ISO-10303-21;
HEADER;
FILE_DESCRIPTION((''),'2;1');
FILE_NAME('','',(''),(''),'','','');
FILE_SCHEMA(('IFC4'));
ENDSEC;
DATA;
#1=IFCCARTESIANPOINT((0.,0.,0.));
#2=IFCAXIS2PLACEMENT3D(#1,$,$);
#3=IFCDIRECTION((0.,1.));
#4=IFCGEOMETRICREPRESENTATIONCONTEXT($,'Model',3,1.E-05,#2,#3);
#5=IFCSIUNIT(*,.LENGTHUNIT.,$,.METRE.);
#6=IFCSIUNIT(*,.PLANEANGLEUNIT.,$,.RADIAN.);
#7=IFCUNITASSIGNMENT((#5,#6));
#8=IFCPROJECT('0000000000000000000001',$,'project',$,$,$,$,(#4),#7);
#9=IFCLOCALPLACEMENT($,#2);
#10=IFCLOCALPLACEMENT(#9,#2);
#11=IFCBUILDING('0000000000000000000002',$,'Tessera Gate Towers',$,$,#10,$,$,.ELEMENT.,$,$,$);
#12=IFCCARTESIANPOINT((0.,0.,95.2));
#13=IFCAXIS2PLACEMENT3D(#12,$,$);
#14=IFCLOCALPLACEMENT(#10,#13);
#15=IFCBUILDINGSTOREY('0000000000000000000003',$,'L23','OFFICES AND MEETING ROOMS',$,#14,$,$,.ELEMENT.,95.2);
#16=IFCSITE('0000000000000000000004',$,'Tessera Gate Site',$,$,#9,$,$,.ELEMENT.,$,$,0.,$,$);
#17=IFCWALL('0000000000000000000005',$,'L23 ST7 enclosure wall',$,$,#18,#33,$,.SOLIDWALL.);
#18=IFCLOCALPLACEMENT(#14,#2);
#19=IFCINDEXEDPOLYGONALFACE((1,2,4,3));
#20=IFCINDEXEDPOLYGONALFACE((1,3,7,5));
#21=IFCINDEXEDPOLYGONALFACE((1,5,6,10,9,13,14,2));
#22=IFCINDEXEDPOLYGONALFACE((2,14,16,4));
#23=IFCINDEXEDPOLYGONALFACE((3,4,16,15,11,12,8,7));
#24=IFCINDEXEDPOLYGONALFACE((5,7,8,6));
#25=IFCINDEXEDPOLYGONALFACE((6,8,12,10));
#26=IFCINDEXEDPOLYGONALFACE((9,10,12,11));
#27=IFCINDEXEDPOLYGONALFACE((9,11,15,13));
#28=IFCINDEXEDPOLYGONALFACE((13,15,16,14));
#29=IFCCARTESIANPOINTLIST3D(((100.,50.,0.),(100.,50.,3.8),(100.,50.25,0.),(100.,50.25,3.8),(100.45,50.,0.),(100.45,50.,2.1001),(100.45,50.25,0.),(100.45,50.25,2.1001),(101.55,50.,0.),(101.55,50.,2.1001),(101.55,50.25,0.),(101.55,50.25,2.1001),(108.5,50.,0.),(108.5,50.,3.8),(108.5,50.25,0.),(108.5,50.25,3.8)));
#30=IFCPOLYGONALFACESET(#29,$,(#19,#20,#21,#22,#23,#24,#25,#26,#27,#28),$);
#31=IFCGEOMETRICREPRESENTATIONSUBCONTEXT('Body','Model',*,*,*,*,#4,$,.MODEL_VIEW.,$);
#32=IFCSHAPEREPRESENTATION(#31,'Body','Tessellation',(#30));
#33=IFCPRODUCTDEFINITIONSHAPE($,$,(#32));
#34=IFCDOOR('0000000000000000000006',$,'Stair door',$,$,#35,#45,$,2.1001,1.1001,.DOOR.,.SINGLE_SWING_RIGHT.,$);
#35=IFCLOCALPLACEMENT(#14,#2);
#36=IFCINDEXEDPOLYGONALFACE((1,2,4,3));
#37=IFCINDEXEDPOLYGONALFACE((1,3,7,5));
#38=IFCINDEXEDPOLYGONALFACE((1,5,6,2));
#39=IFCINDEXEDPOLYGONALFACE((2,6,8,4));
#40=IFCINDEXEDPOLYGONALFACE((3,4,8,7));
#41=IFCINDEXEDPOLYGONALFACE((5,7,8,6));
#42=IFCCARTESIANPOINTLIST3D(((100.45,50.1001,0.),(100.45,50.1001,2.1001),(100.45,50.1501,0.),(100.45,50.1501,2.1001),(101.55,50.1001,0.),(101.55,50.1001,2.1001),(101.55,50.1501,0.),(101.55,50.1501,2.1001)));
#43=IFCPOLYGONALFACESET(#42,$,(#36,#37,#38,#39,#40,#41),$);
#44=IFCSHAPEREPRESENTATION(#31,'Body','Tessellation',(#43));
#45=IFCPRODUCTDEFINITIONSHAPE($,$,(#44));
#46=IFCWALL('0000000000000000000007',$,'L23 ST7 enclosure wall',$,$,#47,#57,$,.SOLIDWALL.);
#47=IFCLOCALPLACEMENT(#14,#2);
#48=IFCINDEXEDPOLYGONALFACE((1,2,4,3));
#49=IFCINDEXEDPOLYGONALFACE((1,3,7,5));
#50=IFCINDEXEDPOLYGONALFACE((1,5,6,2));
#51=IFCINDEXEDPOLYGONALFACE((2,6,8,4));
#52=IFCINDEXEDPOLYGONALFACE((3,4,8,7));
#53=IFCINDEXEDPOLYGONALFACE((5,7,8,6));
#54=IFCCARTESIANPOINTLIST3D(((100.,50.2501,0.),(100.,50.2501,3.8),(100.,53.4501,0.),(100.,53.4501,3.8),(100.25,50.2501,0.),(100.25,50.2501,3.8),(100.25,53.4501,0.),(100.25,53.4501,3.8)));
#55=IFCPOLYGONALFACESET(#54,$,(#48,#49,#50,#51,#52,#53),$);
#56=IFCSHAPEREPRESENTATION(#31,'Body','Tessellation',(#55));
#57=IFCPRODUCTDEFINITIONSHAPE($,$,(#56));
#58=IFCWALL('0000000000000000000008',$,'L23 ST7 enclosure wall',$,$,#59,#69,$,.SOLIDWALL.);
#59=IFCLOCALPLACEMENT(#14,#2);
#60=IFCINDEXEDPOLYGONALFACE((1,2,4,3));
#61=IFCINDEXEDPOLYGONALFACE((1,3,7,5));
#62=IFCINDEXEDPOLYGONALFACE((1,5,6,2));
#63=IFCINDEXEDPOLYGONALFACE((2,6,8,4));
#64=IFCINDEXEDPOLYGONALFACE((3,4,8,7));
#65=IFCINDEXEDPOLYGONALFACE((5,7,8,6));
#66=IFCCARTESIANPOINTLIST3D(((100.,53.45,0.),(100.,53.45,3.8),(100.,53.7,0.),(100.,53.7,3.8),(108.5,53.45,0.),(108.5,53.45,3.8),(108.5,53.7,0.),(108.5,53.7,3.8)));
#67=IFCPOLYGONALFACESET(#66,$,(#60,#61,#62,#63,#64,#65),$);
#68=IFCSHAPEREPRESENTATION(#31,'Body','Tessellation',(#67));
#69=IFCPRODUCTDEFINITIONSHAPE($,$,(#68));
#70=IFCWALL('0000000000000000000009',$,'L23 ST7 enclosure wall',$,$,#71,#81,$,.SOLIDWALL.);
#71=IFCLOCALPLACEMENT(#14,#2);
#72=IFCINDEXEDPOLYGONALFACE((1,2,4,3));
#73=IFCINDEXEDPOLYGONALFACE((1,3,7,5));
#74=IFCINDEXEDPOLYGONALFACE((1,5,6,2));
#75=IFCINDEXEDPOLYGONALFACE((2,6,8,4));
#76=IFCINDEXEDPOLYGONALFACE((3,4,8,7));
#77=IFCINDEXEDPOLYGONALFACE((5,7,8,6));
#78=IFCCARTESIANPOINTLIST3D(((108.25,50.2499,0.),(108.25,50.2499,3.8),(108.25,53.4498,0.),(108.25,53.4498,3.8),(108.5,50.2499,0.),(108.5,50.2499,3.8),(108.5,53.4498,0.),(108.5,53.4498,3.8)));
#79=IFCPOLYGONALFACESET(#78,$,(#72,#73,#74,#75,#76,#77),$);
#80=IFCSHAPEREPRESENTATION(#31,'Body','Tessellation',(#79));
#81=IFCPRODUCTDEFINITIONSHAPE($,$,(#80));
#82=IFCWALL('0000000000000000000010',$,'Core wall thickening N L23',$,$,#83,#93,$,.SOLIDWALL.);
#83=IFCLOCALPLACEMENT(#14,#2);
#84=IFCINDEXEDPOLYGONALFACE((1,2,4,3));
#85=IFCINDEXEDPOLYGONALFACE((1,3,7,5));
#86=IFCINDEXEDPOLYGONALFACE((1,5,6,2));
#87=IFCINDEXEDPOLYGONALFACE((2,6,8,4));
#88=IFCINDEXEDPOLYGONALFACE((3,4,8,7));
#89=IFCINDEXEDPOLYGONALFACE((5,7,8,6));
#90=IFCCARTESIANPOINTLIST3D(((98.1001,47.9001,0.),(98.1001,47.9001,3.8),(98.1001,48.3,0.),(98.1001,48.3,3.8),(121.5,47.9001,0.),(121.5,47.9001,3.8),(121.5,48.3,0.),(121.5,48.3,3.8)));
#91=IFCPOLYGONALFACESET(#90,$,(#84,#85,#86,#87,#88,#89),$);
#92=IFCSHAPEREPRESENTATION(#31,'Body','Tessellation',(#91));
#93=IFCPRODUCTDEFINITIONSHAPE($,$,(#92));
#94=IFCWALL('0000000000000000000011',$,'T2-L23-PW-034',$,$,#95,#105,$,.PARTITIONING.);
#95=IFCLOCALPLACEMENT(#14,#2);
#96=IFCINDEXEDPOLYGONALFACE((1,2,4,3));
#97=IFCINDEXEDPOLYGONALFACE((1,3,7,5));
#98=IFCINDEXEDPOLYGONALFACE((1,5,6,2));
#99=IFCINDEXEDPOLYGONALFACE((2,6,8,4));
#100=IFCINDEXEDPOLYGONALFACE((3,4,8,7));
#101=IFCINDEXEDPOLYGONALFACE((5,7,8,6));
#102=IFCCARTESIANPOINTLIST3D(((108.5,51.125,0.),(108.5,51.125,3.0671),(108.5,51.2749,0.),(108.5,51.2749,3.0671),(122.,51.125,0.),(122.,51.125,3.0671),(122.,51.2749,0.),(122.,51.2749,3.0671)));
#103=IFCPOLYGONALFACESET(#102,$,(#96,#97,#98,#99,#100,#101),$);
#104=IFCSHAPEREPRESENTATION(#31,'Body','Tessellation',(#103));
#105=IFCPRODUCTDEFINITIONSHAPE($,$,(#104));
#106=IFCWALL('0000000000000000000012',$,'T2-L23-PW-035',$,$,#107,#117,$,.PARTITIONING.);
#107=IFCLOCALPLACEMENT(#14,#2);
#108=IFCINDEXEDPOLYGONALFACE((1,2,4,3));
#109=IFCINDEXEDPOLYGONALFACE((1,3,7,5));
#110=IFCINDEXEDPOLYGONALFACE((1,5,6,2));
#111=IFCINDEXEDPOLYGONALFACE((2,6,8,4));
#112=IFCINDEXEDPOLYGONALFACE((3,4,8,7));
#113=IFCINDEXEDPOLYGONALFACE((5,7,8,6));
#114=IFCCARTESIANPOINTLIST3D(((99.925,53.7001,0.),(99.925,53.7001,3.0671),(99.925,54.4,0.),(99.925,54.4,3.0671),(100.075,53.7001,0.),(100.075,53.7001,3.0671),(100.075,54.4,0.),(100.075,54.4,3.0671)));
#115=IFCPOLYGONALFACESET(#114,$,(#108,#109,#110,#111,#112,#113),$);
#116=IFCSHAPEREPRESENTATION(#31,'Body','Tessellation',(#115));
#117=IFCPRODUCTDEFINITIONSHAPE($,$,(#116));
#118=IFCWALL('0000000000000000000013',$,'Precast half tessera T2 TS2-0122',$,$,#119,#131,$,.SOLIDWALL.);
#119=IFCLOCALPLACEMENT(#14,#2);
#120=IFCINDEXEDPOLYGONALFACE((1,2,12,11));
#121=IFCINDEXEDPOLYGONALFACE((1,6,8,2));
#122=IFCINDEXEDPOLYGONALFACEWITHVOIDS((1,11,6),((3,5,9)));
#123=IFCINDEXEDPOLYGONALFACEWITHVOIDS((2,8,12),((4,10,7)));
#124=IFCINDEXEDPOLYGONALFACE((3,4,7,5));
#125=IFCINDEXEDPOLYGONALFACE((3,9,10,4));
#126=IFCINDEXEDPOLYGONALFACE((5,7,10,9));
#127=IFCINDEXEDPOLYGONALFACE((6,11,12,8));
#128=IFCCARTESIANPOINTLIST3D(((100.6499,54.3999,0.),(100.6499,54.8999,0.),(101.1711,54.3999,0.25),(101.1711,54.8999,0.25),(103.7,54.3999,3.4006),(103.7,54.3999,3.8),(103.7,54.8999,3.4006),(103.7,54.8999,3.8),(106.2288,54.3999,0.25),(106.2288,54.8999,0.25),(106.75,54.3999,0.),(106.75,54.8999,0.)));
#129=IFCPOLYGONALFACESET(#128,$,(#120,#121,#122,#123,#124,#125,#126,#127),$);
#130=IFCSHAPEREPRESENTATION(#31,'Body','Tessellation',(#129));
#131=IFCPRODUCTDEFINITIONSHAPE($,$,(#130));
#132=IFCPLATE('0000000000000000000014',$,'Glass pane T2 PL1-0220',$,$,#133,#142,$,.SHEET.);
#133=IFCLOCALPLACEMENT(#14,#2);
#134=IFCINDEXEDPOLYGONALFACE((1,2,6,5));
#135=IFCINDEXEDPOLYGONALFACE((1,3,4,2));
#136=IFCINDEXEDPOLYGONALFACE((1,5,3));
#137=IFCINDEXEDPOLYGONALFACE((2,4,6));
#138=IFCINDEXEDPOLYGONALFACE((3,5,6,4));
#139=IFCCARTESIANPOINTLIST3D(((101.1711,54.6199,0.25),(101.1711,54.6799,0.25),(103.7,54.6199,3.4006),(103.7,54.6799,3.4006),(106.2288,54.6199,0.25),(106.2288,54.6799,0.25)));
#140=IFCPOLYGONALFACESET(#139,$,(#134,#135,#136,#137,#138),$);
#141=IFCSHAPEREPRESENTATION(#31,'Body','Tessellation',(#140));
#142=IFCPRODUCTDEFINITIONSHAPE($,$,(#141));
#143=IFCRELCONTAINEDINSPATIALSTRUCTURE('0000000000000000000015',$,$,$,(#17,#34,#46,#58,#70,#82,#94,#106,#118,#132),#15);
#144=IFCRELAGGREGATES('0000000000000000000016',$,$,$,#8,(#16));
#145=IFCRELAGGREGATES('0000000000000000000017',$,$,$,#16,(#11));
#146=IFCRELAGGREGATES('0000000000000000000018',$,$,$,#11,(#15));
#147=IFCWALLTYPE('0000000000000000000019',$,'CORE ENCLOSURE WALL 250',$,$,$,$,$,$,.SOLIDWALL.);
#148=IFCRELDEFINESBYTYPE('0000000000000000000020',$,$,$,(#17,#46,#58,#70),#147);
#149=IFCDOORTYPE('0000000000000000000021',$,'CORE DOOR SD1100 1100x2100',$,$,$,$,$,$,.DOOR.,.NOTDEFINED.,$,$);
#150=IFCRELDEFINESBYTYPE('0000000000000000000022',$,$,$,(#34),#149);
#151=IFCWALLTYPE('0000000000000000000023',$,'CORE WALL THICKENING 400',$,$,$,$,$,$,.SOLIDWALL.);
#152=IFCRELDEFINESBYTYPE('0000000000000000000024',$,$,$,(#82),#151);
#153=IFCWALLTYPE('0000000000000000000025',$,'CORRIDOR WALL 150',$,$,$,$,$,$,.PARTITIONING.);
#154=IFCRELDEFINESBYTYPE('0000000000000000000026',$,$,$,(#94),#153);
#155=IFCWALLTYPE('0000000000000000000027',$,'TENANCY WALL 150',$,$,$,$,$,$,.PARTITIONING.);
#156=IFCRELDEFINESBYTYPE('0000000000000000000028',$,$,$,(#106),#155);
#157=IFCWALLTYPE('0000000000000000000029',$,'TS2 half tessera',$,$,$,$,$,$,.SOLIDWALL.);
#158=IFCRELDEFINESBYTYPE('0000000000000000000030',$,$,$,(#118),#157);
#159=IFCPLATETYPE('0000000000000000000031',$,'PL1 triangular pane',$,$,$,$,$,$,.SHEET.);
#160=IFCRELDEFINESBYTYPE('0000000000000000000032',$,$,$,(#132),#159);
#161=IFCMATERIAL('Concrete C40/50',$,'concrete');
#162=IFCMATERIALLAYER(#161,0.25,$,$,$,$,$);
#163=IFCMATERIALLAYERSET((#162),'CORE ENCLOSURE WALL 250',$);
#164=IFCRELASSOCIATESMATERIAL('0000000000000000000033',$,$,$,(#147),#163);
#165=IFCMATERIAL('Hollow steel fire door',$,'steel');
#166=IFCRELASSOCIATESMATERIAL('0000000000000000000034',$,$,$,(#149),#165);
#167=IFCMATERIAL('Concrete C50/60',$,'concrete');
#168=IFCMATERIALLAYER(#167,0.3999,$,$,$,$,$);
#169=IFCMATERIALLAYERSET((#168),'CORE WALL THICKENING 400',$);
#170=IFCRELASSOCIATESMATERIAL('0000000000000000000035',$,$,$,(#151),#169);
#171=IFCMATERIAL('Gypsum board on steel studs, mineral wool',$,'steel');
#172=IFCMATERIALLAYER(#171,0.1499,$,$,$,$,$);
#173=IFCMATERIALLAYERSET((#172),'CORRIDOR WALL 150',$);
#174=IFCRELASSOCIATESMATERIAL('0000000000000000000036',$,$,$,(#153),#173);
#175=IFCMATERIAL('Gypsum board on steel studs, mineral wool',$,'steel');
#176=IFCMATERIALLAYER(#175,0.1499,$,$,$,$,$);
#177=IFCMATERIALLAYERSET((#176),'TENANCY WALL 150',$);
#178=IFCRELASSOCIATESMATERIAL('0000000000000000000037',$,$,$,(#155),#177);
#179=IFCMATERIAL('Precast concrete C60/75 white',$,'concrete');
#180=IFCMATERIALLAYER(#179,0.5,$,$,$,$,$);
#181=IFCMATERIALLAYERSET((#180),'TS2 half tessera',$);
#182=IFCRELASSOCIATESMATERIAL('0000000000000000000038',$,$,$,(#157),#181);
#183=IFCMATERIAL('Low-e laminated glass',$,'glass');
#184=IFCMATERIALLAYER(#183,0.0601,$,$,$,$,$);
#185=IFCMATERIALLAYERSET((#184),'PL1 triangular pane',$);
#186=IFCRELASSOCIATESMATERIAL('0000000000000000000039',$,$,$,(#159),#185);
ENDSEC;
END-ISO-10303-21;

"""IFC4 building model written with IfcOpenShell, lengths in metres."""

from ifc_helpers import new_model, si_unit, direction, frame, frame_2d, origin, place, context, subcontext, project, spatial, polyline, rectangle, outline, extrude, source, transform, mapped, material, layer, layer_set, type_object, element, fill, save


model = new_model("IFC4")

# Units and contexts
model_context = context("Model", 3, precision=1e-05, world=origin(), true_north=direction((0.0, 1.0)))
body_context = subcontext(model_context, "Body", "Model", "MODEL_VIEW")
ifc_project = project(units=[si_unit("LENGTHUNIT", "METRE"), si_unit("PLANEANGLEUNIT", "RADIAN")], contexts=[model_context])

# Site, building, storey
site_placement = place(None, origin())
site = spatial("IfcSite", under=ifc_project, at=site_placement, Name="Tessera Gate Site", CompositionType="ELEMENT", RefElevation=0.0)
building_placement = place(site_placement, origin())
building = spatial("IfcBuilding", under=site, at=building_placement, Name="Tessera Gate Towers", CompositionType="ELEMENT")
storey_placement = place(building_placement, frame((0.0, 0.0, 95.2)))
storey = spatial("IfcBuildingStorey", under=building, at=storey_placement, Name="L23", Description="OFFICES AND MEETING ROOMS", CompositionType="ELEMENT", Elevation=95.2)

# Wall, opening, door
ifc_material_1 = material(Name="Concrete C40/50", Category="concrete")
ifc_layer_1 = layer(ifc_material_1, 0.25)
ifc_layer_set_1 = layer_set([ifc_layer_1], Name="CORE ENCLOSURE WALL 250")
wall_type_1 = type_object("IfcWallType", Name="CORE ENCLOSURE WALL 250", PredefinedType="SOLIDWALL", material=ifc_layer_set_1)
wall_1_placement = place(storey_placement, frame((108.5, 50.125, 0.0), z_axis=(0.0, 0.0, 1.0), x_axis=(-1.0, 0.0, 0.0)))
wall_1 = element("IfcWall", 1, at=wall_1_placement, inside=storey, type_object=wall_type_1, Name="L23 ST7 enclosure wall", PredefinedType="SOLIDWALL", context=body_context, shape_type="SweptSolid", body=[
    extrude(rectangle(XDim=8.5, YDim=0.25, at=frame_2d((4.25, 0.0))), origin(), (0.0, 0.0, 1.0), 3.8),
])
shared_shape_1 = source(origin(), body_context, "Body", "SweptSolid", [
    extrude(rectangle(XDim=1.1001, YDim=2.1001, at=frame_2d((0.55, 1.05))), frame((0.0, 0.135, 0.0), z_axis=(0.0, -1.0, 0.0), x_axis=(1.0, 0.0, 0.0)), (0.0, 0.0, 1.0), 0.27),
])
opening_1_placement = place(wall_1_placement, frame((6.95, 0.0, 0.0)))
opening_1 = element("IfcOpeningElement", 2, at=opening_1_placement, cuts=wall_1, PredefinedType="OPENING", context=body_context, shape_type="MappedRepresentation", body=[
    mapped(shared_shape_1, transform((0.0, 0.0, 0.0), scale=1.0)),
])
ifc_material_2 = material(Name="Hollow steel fire door", Category="steel")
door_type = type_object("IfcDoorType", Name="CORE DOOR SD1100 1100x2100", OperationType="NOTDEFINED", PredefinedType="DOOR", material=ifc_material_2)
shared_shape_2 = source(origin(), body_context, "Body", "SweptSolid", [
    extrude(rectangle(XDim=1.1001, YDim=2.1001, at=frame_2d((0.55, 1.05))), frame((0.0, 0.0249, 0.0), z_axis=(0.0, -1.0, 0.0), x_axis=(1.0, 0.0, 0.0)), (0.0, 0.0, 1.0), 0.05),
])
door_placement = place(opening_1_placement, origin())
door = element("IfcDoor", 3, at=door_placement, inside=storey, type_object=door_type, Name="Stair door", OperationType="SINGLE_SWING_RIGHT", OverallHeight=2.1001, OverallWidth=1.1001, PredefinedType="DOOR", context=body_context, shape_type="MappedRepresentation", body=[
    mapped(shared_shape_2, transform((0.0, 0.0, 0.0), scale=1.0)),
])
fill(opening_1, door)

# Walls
wall_2_placement = place(storey_placement, frame((100.125, 50.25, 0.0), z_axis=(0.0, 0.0, 1.0), x_axis=(0.0, 1.0, 0.0)))
element("IfcWall", 4, at=wall_2_placement, inside=storey, type_object=wall_type_1, Name="L23 ST7 enclosure wall", PredefinedType="SOLIDWALL", context=body_context, shape_type="SweptSolid", body=[
    extrude(rectangle(XDim=3.2, YDim=0.25, at=frame_2d((1.6001, 0.0))), origin(), (0.0, 0.0, 1.0), 3.8),
])
wall_3_placement = place(storey_placement, frame((100.0, 53.575, 0.0), z_axis=(0.0, 0.0, 1.0), x_axis=(1.0, 0.0, 0.0)))
element("IfcWall", 5, at=wall_3_placement, inside=storey, type_object=wall_type_1, Name="L23 ST7 enclosure wall", PredefinedType="SOLIDWALL", context=body_context, shape_type="SweptSolid", body=[
    extrude(rectangle(XDim=8.5, YDim=0.25, at=frame_2d((4.25, 0.0))), origin(), (0.0, 0.0, 1.0), 3.8),
])
wall_4_placement = place(storey_placement, frame((108.375, 53.45, 0.0), z_axis=(0.0, 0.0, 1.0), x_axis=(0.0, -1.0, 0.0)))
element("IfcWall", 6, at=wall_4_placement, inside=storey, type_object=wall_type_1, Name="L23 ST7 enclosure wall", PredefinedType="SOLIDWALL", context=body_context, shape_type="SweptSolid", body=[
    extrude(rectangle(XDim=3.2, YDim=0.25, at=frame_2d((1.6001, 0.0))), origin(), (0.0, 0.0, 1.0), 3.8),
])
ifc_material_3 = material(Name="Concrete C50/60", Category="concrete")
ifc_layer_2 = layer(ifc_material_3, 0.3999)
ifc_layer_set_2 = layer_set([ifc_layer_2], Name="CORE WALL THICKENING 400")
wall_type_2 = type_object("IfcWallType", Name="CORE WALL THICKENING 400", PredefinedType="SOLIDWALL", material=ifc_layer_set_2)
wall_5_placement = place(storey_placement, frame((98.1001, 48.1001, 0.0), z_axis=(0.0, 0.0, 1.0), x_axis=(1.0, 0.0, 0.0)))
element("IfcWall", 7, at=wall_5_placement, inside=storey, type_object=wall_type_2, Name="Core wall thickening N L23", PredefinedType="SOLIDWALL", context=body_context, shape_type="SweptSolid", body=[
    extrude(rectangle(XDim=23.3999, YDim=0.3999, at=frame_2d((11.7, 0.0))), origin(), (0.0, 0.0, 1.0), 3.8),
])
ifc_material_4 = material(Name="Gypsum board on steel studs, mineral wool", Category="steel")
ifc_layer_3 = layer(ifc_material_4, 0.1499)
ifc_layer_set_3 = layer_set([ifc_layer_3], Name="CORRIDOR WALL 150")
wall_type_3 = type_object("IfcWallType", Name="CORRIDOR WALL 150", PredefinedType="PARTITIONING", material=ifc_layer_set_3)
wall_6_placement = place(storey_placement, frame((108.5, 51.2, 0.0), z_axis=(0.0, 0.0, 1.0), x_axis=(1.0, 0.0, 0.0)))
element("IfcWall", 8, at=wall_6_placement, inside=storey, type_object=wall_type_3, Name="T2-L23-PW-034", PredefinedType="PARTITIONING", context=body_context, shape_type="SweptSolid", body=[
    extrude(rectangle(XDim=13.5, YDim=0.1499, at=frame_2d((6.75, 0.0))), origin(), (0.0, 0.0, 1.0), 3.0671),
])
ifc_material_5 = material(Name="Gypsum board on steel studs, mineral wool", Category="steel")
ifc_layer_4 = layer(ifc_material_5, 0.1499)
ifc_layer_set_4 = layer_set([ifc_layer_4], Name="TENANCY WALL 150")
wall_type_4 = type_object("IfcWallType", Name="TENANCY WALL 150", PredefinedType="PARTITIONING", material=ifc_layer_set_4)
wall_7_placement = place(storey_placement, frame((100.0, 53.7, 0.0), z_axis=(0.0, 0.0, 1.0), x_axis=(0.0, 1.0, 0.0)))
element("IfcWall", 9, at=wall_7_placement, inside=storey, type_object=wall_type_4, Name="T2-L23-PW-035", PredefinedType="PARTITIONING", context=body_context, shape_type="SweptSolid", body=[
    extrude(rectangle(XDim=0.7, YDim=0.1499, at=frame_2d((0.3501, 0.0))), origin(), (0.0, 0.0, 1.0), 3.0671),
])

# Wall, opening, plate
ifc_material_6 = material(Name="Precast concrete C60/75 white", Category="concrete")
ifc_layer_5 = layer(ifc_material_6, 0.5)
ifc_layer_set_5 = layer_set([ifc_layer_5], Name="TS2 half tessera")
wall_type_5 = type_object("IfcWallType", Name="TS2 half tessera", PredefinedType="SOLIDWALL", material=ifc_layer_set_5)
shared_shape_3 = source(origin(), body_context, "Body", "SweptSolid", [
    extrude(outline(polyline([(6.1001, 0.0), (3.05, 3.8), (0.0, 0.0), (6.1001, 0.0)])), frame((0.0, 0.25, 0.0), z_axis=(0.0, -1.0, 0.0), x_axis=(1.0, 0.0, 0.0)), (0.0, 0.0, 1.0), 0.5),
])
wall_8_placement = place(storey_placement, frame((106.75, 54.6499, 0.0), z_axis=(0.0, 0.0, 1.0), x_axis=(-1.0, 0.0, 0.0)))
wall_8 = element("IfcWall", 10, at=wall_8_placement, inside=storey, type_object=wall_type_5, Name="Precast half tessera T2 TS2-0122", PredefinedType="SOLIDWALL", context=body_context, shape_type="MappedRepresentation", body=[
    mapped(shared_shape_3, transform((0.0, 0.0, 0.0), scale=1.0)),
])
shared_shape_4 = source(origin(), body_context, "Body", "SweptSolid", [
    extrude(outline(polyline([(5.5789, 0.25), (3.05, 3.4006), (0.5212, 0.25), (5.5789, 0.25)])), frame((0.0, 0.26, 0.0), z_axis=(0.0, -1.0, 0.0), x_axis=(1.0, 0.0, 0.0)), (0.0, 0.0, 1.0), 0.52),
])
opening_2_placement = place(wall_8_placement, origin())
opening_2 = element("IfcOpeningElement", 11, at=opening_2_placement, cuts=wall_8, PredefinedType="OPENING", context=body_context, shape_type="MappedRepresentation", body=[
    mapped(shared_shape_4, transform((0.0, 0.0, 0.0), scale=1.0)),
])
ifc_material_7 = material(Name="Low-e laminated glass", Category="glass")
ifc_layer_6 = layer(ifc_material_7, 0.0601)
ifc_layer_set_6 = layer_set([ifc_layer_6], Name="PL1 triangular pane")
plate_type = type_object("IfcPlateType", Name="PL1 triangular pane", PredefinedType="SHEET", material=ifc_layer_set_6)
shared_shape_5 = source(origin(), body_context, "Body", "SweptSolid", [
    extrude(outline(polyline([(5.5789, 0.25), (3.05, 3.4006), (0.5212, 0.25), (5.5789, 0.25)])), frame((0.0, 0.03, 0.0), z_axis=(0.0, -1.0, 0.0), x_axis=(1.0, 0.0, 0.0)), (0.0, 0.0, 1.0), 0.0601),
])
plate_placement = place(opening_2_placement, origin())
plate = element("IfcPlate", 12, at=plate_placement, inside=storey, type_object=plate_type, Name="Glass pane T2 PL1-0220", PredefinedType="SHEET", context=body_context, shape_type="MappedRepresentation", body=[
    mapped(shared_shape_5, transform((0.0, 0.0, 0.0), scale=1.0)),
])
fill(opening_2, plate)

save(model, "model.ifc")
